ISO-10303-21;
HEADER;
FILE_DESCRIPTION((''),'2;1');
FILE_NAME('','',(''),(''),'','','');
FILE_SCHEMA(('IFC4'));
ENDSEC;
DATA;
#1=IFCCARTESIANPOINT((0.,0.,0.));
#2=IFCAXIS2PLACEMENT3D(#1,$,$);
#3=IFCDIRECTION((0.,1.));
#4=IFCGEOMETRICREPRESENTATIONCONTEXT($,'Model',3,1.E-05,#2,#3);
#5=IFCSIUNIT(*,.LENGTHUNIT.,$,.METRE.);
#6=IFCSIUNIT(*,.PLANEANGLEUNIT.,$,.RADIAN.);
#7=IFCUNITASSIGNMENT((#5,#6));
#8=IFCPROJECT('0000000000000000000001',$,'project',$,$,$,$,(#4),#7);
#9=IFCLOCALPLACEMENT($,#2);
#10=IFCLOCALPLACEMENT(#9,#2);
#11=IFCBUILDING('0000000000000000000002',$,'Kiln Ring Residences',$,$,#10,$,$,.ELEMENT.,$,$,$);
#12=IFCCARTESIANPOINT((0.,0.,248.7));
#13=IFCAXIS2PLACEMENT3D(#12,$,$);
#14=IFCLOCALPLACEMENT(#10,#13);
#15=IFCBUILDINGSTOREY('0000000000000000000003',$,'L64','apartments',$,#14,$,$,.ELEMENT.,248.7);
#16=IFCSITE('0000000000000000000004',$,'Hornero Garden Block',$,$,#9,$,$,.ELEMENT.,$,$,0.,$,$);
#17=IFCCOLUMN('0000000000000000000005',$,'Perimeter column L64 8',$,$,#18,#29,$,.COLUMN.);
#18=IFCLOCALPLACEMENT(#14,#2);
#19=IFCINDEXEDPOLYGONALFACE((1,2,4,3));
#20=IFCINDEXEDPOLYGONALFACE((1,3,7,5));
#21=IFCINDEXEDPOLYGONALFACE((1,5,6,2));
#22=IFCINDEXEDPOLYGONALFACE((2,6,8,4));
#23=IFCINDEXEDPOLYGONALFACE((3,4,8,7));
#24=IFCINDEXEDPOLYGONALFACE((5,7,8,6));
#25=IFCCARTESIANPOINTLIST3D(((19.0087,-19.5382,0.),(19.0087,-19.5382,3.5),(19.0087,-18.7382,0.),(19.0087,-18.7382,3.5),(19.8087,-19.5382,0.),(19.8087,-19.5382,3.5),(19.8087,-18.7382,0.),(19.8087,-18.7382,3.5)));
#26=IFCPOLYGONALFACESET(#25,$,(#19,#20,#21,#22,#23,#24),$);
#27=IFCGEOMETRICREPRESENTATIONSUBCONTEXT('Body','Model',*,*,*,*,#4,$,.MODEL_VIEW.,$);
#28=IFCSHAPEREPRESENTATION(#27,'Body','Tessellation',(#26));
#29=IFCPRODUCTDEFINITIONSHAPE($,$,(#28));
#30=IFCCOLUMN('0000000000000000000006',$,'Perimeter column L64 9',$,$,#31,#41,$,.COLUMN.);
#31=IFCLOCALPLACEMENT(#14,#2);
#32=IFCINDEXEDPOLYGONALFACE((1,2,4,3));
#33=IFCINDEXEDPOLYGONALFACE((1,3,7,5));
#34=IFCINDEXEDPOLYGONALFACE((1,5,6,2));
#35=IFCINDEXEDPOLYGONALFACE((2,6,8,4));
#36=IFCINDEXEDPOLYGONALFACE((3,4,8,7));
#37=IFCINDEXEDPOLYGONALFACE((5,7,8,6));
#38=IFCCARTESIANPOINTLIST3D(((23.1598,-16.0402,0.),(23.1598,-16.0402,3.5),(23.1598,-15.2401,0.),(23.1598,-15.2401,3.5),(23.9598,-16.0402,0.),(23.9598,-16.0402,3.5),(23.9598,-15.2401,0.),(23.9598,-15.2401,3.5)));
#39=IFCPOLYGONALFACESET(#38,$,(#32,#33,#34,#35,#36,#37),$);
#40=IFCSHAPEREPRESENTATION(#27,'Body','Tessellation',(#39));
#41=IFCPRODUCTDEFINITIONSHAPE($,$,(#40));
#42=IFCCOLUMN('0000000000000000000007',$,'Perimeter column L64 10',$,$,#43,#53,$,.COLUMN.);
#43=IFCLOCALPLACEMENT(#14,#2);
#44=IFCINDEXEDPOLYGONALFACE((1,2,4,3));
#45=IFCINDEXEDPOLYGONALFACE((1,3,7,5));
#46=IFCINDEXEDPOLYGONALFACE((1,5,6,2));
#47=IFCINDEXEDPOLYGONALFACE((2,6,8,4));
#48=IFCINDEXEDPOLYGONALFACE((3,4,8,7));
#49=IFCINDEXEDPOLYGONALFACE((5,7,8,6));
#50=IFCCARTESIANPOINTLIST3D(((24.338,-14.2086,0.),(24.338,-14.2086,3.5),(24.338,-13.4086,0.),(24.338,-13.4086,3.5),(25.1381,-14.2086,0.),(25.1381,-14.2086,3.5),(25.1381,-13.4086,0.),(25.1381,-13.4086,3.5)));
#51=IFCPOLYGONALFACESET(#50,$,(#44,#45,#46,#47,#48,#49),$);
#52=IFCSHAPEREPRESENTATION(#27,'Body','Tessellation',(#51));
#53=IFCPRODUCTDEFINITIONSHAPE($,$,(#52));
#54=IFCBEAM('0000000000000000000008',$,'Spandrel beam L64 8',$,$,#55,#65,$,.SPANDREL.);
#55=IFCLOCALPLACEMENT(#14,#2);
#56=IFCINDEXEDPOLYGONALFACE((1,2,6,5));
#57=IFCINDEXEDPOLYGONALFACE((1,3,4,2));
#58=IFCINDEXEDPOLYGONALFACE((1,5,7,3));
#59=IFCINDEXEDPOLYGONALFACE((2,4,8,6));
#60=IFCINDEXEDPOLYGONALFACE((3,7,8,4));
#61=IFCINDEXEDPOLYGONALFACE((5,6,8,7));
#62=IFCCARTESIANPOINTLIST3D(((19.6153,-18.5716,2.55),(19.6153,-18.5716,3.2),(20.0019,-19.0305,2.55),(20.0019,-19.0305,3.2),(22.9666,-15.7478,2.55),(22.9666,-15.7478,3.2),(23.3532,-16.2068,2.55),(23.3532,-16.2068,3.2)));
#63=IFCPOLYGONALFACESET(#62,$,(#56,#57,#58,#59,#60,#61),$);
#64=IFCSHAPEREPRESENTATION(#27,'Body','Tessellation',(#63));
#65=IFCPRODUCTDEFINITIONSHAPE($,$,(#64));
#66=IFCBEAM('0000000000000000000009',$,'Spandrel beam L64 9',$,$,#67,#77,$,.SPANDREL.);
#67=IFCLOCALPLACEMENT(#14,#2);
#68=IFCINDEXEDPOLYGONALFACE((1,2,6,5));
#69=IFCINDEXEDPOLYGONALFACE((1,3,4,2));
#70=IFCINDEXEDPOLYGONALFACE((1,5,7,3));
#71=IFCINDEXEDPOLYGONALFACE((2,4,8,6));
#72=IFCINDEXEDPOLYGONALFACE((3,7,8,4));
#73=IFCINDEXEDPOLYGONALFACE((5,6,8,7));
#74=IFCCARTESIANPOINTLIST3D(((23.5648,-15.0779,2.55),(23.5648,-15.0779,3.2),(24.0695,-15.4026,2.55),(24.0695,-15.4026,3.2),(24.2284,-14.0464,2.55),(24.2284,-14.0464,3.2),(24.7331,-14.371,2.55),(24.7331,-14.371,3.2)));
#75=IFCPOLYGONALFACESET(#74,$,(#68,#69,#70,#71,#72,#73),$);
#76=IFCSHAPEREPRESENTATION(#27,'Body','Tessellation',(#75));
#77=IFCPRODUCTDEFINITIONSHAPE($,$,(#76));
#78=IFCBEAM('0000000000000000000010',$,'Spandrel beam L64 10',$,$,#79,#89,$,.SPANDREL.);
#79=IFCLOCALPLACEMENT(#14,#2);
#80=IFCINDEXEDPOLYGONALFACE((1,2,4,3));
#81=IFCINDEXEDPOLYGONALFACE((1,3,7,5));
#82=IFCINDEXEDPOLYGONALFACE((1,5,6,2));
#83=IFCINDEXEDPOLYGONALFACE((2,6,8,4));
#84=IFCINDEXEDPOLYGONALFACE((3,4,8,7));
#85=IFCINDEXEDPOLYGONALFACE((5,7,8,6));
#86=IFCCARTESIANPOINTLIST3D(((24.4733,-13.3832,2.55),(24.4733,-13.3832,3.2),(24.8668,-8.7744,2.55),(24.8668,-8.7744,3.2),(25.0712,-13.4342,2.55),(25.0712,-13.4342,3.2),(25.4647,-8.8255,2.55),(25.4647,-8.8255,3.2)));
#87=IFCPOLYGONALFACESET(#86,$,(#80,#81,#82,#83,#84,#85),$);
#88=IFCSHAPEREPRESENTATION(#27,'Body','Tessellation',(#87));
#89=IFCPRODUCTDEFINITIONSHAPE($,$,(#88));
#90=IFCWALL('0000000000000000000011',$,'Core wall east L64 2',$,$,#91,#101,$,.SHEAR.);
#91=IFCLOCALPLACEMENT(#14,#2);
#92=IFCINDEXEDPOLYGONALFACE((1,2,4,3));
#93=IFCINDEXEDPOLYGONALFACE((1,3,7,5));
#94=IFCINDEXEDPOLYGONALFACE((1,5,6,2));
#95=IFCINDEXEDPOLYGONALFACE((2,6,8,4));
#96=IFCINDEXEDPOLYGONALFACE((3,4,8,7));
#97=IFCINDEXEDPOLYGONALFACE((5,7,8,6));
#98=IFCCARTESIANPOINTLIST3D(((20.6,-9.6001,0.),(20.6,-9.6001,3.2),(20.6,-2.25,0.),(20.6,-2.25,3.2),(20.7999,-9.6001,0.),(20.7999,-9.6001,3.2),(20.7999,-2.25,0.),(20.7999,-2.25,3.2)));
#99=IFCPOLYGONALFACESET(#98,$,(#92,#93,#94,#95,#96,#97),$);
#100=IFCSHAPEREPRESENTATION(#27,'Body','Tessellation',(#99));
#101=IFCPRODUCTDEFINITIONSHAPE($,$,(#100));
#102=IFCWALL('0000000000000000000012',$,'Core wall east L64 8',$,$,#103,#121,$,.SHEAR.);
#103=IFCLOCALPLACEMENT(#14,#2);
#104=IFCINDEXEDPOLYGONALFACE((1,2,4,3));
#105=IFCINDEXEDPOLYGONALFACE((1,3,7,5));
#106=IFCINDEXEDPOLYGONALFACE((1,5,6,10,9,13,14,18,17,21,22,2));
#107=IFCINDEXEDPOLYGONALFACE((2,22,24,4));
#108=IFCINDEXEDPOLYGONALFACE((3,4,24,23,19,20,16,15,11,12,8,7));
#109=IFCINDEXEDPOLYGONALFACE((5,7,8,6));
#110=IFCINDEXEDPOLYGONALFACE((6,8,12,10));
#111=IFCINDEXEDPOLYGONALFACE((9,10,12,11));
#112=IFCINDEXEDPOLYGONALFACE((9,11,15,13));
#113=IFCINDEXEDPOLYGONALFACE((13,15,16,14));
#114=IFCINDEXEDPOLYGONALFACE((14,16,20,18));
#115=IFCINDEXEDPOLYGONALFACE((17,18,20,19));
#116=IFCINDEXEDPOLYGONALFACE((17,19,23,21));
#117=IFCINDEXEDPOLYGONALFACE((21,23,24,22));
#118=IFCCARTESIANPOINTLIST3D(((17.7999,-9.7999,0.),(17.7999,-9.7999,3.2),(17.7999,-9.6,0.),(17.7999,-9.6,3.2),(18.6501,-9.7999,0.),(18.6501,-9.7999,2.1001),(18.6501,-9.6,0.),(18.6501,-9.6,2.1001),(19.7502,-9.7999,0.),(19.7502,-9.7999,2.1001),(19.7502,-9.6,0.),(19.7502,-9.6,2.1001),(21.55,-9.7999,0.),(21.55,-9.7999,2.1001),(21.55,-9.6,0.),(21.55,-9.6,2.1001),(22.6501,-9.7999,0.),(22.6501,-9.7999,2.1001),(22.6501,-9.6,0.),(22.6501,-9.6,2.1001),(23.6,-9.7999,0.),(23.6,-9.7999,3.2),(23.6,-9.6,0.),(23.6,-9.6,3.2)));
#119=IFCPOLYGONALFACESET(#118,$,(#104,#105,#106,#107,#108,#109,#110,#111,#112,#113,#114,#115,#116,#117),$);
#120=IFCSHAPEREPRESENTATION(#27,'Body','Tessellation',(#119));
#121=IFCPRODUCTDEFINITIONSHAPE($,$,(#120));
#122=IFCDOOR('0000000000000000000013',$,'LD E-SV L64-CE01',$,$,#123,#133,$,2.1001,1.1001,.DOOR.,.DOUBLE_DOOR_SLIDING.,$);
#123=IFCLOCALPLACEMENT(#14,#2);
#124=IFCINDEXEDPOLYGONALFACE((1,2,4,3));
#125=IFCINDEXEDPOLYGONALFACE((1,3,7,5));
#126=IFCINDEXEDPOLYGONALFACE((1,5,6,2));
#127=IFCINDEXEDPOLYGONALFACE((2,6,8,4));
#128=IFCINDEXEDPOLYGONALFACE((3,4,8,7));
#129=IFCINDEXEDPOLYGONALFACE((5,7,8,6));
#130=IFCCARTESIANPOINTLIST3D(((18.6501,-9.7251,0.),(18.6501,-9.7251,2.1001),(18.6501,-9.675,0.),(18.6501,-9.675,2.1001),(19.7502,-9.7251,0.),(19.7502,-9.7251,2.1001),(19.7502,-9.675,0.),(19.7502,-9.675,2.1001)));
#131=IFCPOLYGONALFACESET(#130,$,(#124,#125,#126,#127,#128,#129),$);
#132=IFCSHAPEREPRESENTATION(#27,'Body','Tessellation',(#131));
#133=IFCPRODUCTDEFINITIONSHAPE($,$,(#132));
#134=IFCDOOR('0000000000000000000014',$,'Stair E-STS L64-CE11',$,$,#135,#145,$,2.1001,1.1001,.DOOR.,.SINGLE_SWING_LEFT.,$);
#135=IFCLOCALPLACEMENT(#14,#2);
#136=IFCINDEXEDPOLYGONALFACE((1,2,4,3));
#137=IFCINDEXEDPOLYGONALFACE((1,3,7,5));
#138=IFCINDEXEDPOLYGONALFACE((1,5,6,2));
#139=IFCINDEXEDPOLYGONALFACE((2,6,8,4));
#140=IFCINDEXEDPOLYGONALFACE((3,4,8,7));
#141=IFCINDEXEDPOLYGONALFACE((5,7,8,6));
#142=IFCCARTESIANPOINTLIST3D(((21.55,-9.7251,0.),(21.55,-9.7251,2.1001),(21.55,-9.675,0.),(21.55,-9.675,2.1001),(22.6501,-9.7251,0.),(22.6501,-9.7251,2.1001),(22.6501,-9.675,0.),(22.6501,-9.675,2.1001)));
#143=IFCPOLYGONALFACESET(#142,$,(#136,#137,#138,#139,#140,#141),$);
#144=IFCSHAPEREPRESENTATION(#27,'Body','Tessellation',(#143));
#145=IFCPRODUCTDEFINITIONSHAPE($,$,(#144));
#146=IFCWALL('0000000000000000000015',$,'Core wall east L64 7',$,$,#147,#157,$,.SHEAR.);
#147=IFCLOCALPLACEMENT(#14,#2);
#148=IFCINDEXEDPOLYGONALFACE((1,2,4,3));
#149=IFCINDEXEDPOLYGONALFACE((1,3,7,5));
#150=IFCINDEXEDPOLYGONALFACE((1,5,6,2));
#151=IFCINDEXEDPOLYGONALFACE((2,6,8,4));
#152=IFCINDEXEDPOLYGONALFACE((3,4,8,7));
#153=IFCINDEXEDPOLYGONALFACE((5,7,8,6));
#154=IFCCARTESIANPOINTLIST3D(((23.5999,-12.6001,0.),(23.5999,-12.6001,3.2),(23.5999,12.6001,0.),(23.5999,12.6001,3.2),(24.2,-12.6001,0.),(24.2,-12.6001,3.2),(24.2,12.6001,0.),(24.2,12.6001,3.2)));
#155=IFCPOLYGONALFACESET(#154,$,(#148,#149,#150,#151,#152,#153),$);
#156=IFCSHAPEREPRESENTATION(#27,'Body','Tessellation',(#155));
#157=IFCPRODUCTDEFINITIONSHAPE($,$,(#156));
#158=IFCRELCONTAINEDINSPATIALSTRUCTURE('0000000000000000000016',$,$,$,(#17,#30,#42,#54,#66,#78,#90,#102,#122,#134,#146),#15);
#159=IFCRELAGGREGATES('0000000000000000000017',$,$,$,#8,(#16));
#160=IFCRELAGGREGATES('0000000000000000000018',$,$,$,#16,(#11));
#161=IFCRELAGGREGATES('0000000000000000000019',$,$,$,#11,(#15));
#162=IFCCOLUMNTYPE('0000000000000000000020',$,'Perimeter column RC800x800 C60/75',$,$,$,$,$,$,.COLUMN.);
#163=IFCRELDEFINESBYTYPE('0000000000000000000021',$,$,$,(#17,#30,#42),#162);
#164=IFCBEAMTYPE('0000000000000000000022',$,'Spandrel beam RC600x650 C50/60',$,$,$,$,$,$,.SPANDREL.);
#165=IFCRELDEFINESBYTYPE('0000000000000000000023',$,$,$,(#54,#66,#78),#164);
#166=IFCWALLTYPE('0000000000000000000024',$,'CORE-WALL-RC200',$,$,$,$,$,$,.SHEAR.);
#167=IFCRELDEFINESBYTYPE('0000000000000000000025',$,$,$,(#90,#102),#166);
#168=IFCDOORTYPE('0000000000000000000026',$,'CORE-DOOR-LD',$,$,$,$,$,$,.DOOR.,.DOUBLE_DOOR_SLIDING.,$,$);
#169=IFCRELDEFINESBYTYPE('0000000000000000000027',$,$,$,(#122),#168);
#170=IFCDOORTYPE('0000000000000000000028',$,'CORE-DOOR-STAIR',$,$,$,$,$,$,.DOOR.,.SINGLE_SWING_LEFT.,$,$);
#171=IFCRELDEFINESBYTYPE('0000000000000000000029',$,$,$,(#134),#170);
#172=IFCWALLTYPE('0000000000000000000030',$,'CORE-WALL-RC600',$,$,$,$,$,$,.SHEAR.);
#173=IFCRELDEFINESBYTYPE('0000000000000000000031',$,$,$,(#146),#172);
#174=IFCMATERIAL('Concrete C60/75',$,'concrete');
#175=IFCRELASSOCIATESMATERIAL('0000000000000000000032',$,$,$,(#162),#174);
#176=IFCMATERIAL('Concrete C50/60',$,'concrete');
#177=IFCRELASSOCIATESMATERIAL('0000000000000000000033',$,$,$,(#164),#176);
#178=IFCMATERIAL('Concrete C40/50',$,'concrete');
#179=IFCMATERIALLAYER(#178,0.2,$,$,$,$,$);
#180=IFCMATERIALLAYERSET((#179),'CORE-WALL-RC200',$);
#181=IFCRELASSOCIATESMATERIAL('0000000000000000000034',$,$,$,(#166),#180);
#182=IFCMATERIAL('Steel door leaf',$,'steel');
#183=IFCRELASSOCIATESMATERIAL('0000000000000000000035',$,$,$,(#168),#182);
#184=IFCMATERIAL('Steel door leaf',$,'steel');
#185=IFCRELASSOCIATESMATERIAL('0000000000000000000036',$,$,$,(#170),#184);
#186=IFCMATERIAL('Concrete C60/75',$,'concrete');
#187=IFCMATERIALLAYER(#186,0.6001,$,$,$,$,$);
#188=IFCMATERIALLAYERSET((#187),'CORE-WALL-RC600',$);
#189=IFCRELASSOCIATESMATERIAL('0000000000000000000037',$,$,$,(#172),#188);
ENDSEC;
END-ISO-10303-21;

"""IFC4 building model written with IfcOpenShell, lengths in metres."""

from ifc_helpers import new_model, si_unit, direction, frame, frame_2d, origin, origin_2d, place, context, subcontext, project, spatial, rectangle, extrude, material, layer, layer_set, material_profile, profile_set, type_object, element, fill, save


model = new_model("IFC4")

# Units and contexts
model_context = context("Model", 3, precision=1e-05, world=origin(), true_north=direction((0.0, 1.0)))
body_context = subcontext(model_context, "Body", "Model", "MODEL_VIEW")
ifc_project = project(units=[si_unit("LENGTHUNIT", "METRE"), si_unit("PLANEANGLEUNIT", "RADIAN")], contexts=[model_context])

# Site, building, storey
site_placement = place(None, origin())
site = spatial("IfcSite", under=ifc_project, at=site_placement, Name="Hornero Garden Block", CompositionType="ELEMENT", RefElevation=0.0)
building_placement = place(site_placement, origin())
building = spatial("IfcBuilding", under=site, at=building_placement, Name="Kiln Ring Residences", CompositionType="ELEMENT")
storey_placement = place(building_placement, frame((0.0, 0.0, 248.7)))
storey = spatial("IfcBuildingStorey", under=building, at=storey_placement, Name="L64", Description="apartments", CompositionType="ELEMENT", Elevation=248.7)

# Columns
ifc_material_1 = material(Name="Concrete C60/75", Category="concrete")
ifc_material_profile_1 = material_profile(ifc_material_1, rectangle(XDim=0.8, YDim=0.8, at=origin_2d()), Name="RC800x800")
ifc_profile_set_1 = profile_set([ifc_material_profile_1], Name="Concrete C60/75")
column_type = type_object("IfcColumnType", Name="Perimeter column RC800x800 C60/75", PredefinedType="COLUMN", material=ifc_profile_set_1)
for number, where, z_axis, x_axis, name in (
    (1, (19.4087, -19.1382, 0.0), (0.0, 0.0, 1.0), (1.0, 0.0, 0.0), "Perimeter column L64 8"),
    (2, (23.5598, -15.6401, 0.0), (0.0, 0.0, 1.0), (1.0, 0.0, 0.0), "Perimeter column L64 9"),
    (3, (24.738, -13.8086, 0.0), (0.0, 0.0, 1.0), (1.0, 0.0, 0.0), "Perimeter column L64 10"),
):
    element("IfcColumn", number, at=place(storey_placement, frame(where, z_axis=z_axis, x_axis=x_axis)), inside=storey, type_object=column_type, Name=name, PredefinedType="COLUMN", context=body_context, shape_type="SweptSolid", body=[
        extrude(rectangle(XDim=0.8, YDim=0.8, at=origin_2d()), origin(), (0.0, 0.0, 1.0), 3.5),
    ])

# Beams
ifc_material_2 = material(Name="Concrete C50/60", Category="concrete")
ifc_material_profile_2 = material_profile(ifc_material_2, rectangle(XDim=0.6001, YDim=0.6499, at=origin_2d()), Name="RC600x650")
ifc_profile_set_2 = profile_set([ifc_material_profile_2], Name="Concrete C50/60")
beam_type = type_object("IfcBeamType", Name="Spandrel beam RC600x650 C50/60", PredefinedType="SPANDREL", material=ifc_profile_set_2)
beam_1_placement = place(storey_placement, frame((19.8086, -18.801, 2.875), z_axis=(0.764735, 0.644345, 0.0), x_axis=(-0.644345, 0.764735, 0.0)))
element("IfcBeam", 4, at=beam_1_placement, inside=storey, type_object=beam_type, Name="Spandrel beam L64 8", PredefinedType="SPANDREL", context=body_context, shape_type="SweptSolid", body=[
    extrude(rectangle(XDim=0.6001, YDim=0.6499, at=origin_2d()), origin(), (0.0, 0.0, 1.0), 4.3823),
])
beam_2_placement = place(storey_placement, frame((23.8171, -15.2402, 2.875), z_axis=(0.541029, 0.841004, 0.0), x_axis=(-0.841004, 0.541029, 0.0)))
element("IfcBeam", 5, at=beam_2_placement, inside=storey, type_object=beam_type, Name="Spandrel beam L64 9", PredefinedType="SPANDREL", context=body_context, shape_type="SweptSolid", body=[
    extrude(rectangle(XDim=0.6001, YDim=0.6499, at=origin_2d()), origin(), (0.0, 0.0, 1.0), 1.2266),
])
beam_3_placement = place(storey_placement, frame((24.7722, -13.4087, 2.875), z_axis=(0.085085, 0.996374, 0.0), x_axis=(-0.996374, 0.085085, 0.0)))
element("IfcBeam", 6, at=beam_3_placement, inside=storey, type_object=beam_type, Name="Spandrel beam L64 10", PredefinedType="SPANDREL", context=body_context, shape_type="SweptSolid", body=[
    extrude(rectangle(XDim=0.6001, YDim=0.6499, at=origin_2d()), origin(), (0.0, 0.0, 1.0), 4.6255),
])

# Wall
ifc_material_3 = material(Name="Concrete C40/50", Category="concrete")
ifc_layer_1 = layer(ifc_material_3, 0.2)
ifc_layer_set_1 = layer_set([ifc_layer_1], Name="CORE-WALL-RC200")
wall_type_1 = type_object("IfcWallType", Name="CORE-WALL-RC200", PredefinedType="SHEAR", material=ifc_layer_set_1)
wall_1_placement = place(storey_placement, frame((20.7, -9.6001, 0.0), z_axis=(0.0, 0.0, 1.0), x_axis=(0.0, 1.0, 0.0)))
element("IfcWall", 7, at=wall_1_placement, inside=storey, type_object=wall_type_1, Name="Core wall east L64 2", PredefinedType="SHEAR", context=body_context, shape_type="SweptSolid", body=[
    extrude(rectangle(XDim=7.3501, YDim=0.2, at=frame_2d((3.675, 0.0))), origin(), (0.0, 0.0, 1.0), 3.2),
])

# Wall, openings, doors
wall_2_placement = place(storey_placement, frame((17.8, -9.7, 0.0), z_axis=(0.0, 0.0, 1.0), x_axis=(1.0, 0.0, 0.0)))
wall_2 = element("IfcWall", 8, at=wall_2_placement, inside=storey, type_object=wall_type_1, Name="Core wall east L64 8", PredefinedType="SHEAR", context=body_context, shape_type="SweptSolid", body=[
    extrude(rectangle(XDim=5.8, YDim=0.2, at=frame_2d((2.8999, 0.0))), origin(), (0.0, 0.0, 1.0), 3.2),
])
opening_1_placement = place(wall_2_placement, frame((0.8501, 0.0, 0.0)))
opening_1 = element("IfcOpeningElement", 9, at=opening_1_placement, cuts=wall_2, PredefinedType="OPENING", context=body_context, shape_type="SweptSolid", body=[
    extrude(rectangle(XDim=1.1001, YDim=2.1001, at=frame_2d((0.55, 1.05))), frame((0.0, 0.1099, 0.0), z_axis=(0.0, -1.0, 0.0), x_axis=(1.0, 0.0, 0.0)), (0.0, 0.0, 1.0), 0.22),
])
opening_2_placement = place(wall_2_placement, frame((3.75, 0.0, 0.0)))
opening_2 = element("IfcOpeningElement", 10, at=opening_2_placement, cuts=wall_2, PredefinedType="OPENING", context=body_context, shape_type="SweptSolid", body=[
    extrude(rectangle(XDim=1.1001, YDim=2.1001, at=frame_2d((0.55, 1.05))), frame((0.0, 0.1099, 0.0), z_axis=(0.0, -1.0, 0.0), x_axis=(1.0, 0.0, 0.0)), (0.0, 0.0, 1.0), 0.22),
])
ifc_material_4 = material(Name="Steel door leaf", Category="steel")
door_type_1 = type_object("IfcDoorType", Name="CORE-DOOR-LD", OperationType="DOUBLE_DOOR_SLIDING", PredefinedType="DOOR", material=ifc_material_4)
door_1_placement = place(opening_1_placement, origin())
door_1 = element("IfcDoor", 11, at=door_1_placement, inside=storey, type_object=door_type_1, Name="LD E-SV L64-CE01", OperationType="DOUBLE_DOOR_SLIDING", OverallHeight=2.1001, OverallWidth=1.1001, PredefinedType="DOOR", context=body_context, shape_type="SweptSolid", body=[
    extrude(rectangle(XDim=1.1001, YDim=2.1001, at=frame_2d((0.55, 1.05))), frame((0.0, 0.0249, 0.0), z_axis=(0.0, -1.0, 0.0), x_axis=(1.0, 0.0, 0.0)), (0.0, 0.0, 1.0), 0.05),
])
fill(opening_1, door_1)
ifc_material_5 = material(Name="Steel door leaf", Category="steel")
door_type_2 = type_object("IfcDoorType", Name="CORE-DOOR-STAIR", OperationType="SINGLE_SWING_LEFT", PredefinedType="DOOR", material=ifc_material_5)
door_2_placement = place(opening_2_placement, origin())
door_2 = element("IfcDoor", 12, at=door_2_placement, inside=storey, type_object=door_type_2, Name="Stair E-STS L64-CE11", OperationType="SINGLE_SWING_LEFT", OverallHeight=2.1001, OverallWidth=1.1001, PredefinedType="DOOR", context=body_context, shape_type="SweptSolid", body=[
    extrude(rectangle(XDim=1.1001, YDim=2.1001, at=frame_2d((0.55, 1.05))), frame((0.0, 0.0249, 0.0), z_axis=(0.0, -1.0, 0.0), x_axis=(1.0, 0.0, 0.0)), (0.0, 0.0, 1.0), 0.05),
])
fill(opening_2, door_2)

# Wall
ifc_material_6 = material(Name="Concrete C60/75", Category="concrete")
ifc_layer_2 = layer(ifc_material_6, 0.6001)
ifc_layer_set_2 = layer_set([ifc_layer_2], Name="CORE-WALL-RC600")
wall_type_2 = type_object("IfcWallType", Name="CORE-WALL-RC600", PredefinedType="SHEAR", material=ifc_layer_set_2)
wall_3_placement = place(storey_placement, frame((23.8999, -12.6001, 0.0), z_axis=(0.0, 0.0, 1.0), x_axis=(0.0, 1.0, 0.0)))
element("IfcWall", 13, at=wall_3_placement, inside=storey, type_object=wall_type_2, Name="Core wall east L64 7", PredefinedType="SHEAR", context=body_context, shape_type="SweptSolid", body=[
    extrude(rectangle(XDim=25.2002, YDim=0.6001, at=frame_2d((12.6001, 0.0))), origin(), (0.0, 0.0, 1.0), 3.2),
])

save(model, "model.ifc")
